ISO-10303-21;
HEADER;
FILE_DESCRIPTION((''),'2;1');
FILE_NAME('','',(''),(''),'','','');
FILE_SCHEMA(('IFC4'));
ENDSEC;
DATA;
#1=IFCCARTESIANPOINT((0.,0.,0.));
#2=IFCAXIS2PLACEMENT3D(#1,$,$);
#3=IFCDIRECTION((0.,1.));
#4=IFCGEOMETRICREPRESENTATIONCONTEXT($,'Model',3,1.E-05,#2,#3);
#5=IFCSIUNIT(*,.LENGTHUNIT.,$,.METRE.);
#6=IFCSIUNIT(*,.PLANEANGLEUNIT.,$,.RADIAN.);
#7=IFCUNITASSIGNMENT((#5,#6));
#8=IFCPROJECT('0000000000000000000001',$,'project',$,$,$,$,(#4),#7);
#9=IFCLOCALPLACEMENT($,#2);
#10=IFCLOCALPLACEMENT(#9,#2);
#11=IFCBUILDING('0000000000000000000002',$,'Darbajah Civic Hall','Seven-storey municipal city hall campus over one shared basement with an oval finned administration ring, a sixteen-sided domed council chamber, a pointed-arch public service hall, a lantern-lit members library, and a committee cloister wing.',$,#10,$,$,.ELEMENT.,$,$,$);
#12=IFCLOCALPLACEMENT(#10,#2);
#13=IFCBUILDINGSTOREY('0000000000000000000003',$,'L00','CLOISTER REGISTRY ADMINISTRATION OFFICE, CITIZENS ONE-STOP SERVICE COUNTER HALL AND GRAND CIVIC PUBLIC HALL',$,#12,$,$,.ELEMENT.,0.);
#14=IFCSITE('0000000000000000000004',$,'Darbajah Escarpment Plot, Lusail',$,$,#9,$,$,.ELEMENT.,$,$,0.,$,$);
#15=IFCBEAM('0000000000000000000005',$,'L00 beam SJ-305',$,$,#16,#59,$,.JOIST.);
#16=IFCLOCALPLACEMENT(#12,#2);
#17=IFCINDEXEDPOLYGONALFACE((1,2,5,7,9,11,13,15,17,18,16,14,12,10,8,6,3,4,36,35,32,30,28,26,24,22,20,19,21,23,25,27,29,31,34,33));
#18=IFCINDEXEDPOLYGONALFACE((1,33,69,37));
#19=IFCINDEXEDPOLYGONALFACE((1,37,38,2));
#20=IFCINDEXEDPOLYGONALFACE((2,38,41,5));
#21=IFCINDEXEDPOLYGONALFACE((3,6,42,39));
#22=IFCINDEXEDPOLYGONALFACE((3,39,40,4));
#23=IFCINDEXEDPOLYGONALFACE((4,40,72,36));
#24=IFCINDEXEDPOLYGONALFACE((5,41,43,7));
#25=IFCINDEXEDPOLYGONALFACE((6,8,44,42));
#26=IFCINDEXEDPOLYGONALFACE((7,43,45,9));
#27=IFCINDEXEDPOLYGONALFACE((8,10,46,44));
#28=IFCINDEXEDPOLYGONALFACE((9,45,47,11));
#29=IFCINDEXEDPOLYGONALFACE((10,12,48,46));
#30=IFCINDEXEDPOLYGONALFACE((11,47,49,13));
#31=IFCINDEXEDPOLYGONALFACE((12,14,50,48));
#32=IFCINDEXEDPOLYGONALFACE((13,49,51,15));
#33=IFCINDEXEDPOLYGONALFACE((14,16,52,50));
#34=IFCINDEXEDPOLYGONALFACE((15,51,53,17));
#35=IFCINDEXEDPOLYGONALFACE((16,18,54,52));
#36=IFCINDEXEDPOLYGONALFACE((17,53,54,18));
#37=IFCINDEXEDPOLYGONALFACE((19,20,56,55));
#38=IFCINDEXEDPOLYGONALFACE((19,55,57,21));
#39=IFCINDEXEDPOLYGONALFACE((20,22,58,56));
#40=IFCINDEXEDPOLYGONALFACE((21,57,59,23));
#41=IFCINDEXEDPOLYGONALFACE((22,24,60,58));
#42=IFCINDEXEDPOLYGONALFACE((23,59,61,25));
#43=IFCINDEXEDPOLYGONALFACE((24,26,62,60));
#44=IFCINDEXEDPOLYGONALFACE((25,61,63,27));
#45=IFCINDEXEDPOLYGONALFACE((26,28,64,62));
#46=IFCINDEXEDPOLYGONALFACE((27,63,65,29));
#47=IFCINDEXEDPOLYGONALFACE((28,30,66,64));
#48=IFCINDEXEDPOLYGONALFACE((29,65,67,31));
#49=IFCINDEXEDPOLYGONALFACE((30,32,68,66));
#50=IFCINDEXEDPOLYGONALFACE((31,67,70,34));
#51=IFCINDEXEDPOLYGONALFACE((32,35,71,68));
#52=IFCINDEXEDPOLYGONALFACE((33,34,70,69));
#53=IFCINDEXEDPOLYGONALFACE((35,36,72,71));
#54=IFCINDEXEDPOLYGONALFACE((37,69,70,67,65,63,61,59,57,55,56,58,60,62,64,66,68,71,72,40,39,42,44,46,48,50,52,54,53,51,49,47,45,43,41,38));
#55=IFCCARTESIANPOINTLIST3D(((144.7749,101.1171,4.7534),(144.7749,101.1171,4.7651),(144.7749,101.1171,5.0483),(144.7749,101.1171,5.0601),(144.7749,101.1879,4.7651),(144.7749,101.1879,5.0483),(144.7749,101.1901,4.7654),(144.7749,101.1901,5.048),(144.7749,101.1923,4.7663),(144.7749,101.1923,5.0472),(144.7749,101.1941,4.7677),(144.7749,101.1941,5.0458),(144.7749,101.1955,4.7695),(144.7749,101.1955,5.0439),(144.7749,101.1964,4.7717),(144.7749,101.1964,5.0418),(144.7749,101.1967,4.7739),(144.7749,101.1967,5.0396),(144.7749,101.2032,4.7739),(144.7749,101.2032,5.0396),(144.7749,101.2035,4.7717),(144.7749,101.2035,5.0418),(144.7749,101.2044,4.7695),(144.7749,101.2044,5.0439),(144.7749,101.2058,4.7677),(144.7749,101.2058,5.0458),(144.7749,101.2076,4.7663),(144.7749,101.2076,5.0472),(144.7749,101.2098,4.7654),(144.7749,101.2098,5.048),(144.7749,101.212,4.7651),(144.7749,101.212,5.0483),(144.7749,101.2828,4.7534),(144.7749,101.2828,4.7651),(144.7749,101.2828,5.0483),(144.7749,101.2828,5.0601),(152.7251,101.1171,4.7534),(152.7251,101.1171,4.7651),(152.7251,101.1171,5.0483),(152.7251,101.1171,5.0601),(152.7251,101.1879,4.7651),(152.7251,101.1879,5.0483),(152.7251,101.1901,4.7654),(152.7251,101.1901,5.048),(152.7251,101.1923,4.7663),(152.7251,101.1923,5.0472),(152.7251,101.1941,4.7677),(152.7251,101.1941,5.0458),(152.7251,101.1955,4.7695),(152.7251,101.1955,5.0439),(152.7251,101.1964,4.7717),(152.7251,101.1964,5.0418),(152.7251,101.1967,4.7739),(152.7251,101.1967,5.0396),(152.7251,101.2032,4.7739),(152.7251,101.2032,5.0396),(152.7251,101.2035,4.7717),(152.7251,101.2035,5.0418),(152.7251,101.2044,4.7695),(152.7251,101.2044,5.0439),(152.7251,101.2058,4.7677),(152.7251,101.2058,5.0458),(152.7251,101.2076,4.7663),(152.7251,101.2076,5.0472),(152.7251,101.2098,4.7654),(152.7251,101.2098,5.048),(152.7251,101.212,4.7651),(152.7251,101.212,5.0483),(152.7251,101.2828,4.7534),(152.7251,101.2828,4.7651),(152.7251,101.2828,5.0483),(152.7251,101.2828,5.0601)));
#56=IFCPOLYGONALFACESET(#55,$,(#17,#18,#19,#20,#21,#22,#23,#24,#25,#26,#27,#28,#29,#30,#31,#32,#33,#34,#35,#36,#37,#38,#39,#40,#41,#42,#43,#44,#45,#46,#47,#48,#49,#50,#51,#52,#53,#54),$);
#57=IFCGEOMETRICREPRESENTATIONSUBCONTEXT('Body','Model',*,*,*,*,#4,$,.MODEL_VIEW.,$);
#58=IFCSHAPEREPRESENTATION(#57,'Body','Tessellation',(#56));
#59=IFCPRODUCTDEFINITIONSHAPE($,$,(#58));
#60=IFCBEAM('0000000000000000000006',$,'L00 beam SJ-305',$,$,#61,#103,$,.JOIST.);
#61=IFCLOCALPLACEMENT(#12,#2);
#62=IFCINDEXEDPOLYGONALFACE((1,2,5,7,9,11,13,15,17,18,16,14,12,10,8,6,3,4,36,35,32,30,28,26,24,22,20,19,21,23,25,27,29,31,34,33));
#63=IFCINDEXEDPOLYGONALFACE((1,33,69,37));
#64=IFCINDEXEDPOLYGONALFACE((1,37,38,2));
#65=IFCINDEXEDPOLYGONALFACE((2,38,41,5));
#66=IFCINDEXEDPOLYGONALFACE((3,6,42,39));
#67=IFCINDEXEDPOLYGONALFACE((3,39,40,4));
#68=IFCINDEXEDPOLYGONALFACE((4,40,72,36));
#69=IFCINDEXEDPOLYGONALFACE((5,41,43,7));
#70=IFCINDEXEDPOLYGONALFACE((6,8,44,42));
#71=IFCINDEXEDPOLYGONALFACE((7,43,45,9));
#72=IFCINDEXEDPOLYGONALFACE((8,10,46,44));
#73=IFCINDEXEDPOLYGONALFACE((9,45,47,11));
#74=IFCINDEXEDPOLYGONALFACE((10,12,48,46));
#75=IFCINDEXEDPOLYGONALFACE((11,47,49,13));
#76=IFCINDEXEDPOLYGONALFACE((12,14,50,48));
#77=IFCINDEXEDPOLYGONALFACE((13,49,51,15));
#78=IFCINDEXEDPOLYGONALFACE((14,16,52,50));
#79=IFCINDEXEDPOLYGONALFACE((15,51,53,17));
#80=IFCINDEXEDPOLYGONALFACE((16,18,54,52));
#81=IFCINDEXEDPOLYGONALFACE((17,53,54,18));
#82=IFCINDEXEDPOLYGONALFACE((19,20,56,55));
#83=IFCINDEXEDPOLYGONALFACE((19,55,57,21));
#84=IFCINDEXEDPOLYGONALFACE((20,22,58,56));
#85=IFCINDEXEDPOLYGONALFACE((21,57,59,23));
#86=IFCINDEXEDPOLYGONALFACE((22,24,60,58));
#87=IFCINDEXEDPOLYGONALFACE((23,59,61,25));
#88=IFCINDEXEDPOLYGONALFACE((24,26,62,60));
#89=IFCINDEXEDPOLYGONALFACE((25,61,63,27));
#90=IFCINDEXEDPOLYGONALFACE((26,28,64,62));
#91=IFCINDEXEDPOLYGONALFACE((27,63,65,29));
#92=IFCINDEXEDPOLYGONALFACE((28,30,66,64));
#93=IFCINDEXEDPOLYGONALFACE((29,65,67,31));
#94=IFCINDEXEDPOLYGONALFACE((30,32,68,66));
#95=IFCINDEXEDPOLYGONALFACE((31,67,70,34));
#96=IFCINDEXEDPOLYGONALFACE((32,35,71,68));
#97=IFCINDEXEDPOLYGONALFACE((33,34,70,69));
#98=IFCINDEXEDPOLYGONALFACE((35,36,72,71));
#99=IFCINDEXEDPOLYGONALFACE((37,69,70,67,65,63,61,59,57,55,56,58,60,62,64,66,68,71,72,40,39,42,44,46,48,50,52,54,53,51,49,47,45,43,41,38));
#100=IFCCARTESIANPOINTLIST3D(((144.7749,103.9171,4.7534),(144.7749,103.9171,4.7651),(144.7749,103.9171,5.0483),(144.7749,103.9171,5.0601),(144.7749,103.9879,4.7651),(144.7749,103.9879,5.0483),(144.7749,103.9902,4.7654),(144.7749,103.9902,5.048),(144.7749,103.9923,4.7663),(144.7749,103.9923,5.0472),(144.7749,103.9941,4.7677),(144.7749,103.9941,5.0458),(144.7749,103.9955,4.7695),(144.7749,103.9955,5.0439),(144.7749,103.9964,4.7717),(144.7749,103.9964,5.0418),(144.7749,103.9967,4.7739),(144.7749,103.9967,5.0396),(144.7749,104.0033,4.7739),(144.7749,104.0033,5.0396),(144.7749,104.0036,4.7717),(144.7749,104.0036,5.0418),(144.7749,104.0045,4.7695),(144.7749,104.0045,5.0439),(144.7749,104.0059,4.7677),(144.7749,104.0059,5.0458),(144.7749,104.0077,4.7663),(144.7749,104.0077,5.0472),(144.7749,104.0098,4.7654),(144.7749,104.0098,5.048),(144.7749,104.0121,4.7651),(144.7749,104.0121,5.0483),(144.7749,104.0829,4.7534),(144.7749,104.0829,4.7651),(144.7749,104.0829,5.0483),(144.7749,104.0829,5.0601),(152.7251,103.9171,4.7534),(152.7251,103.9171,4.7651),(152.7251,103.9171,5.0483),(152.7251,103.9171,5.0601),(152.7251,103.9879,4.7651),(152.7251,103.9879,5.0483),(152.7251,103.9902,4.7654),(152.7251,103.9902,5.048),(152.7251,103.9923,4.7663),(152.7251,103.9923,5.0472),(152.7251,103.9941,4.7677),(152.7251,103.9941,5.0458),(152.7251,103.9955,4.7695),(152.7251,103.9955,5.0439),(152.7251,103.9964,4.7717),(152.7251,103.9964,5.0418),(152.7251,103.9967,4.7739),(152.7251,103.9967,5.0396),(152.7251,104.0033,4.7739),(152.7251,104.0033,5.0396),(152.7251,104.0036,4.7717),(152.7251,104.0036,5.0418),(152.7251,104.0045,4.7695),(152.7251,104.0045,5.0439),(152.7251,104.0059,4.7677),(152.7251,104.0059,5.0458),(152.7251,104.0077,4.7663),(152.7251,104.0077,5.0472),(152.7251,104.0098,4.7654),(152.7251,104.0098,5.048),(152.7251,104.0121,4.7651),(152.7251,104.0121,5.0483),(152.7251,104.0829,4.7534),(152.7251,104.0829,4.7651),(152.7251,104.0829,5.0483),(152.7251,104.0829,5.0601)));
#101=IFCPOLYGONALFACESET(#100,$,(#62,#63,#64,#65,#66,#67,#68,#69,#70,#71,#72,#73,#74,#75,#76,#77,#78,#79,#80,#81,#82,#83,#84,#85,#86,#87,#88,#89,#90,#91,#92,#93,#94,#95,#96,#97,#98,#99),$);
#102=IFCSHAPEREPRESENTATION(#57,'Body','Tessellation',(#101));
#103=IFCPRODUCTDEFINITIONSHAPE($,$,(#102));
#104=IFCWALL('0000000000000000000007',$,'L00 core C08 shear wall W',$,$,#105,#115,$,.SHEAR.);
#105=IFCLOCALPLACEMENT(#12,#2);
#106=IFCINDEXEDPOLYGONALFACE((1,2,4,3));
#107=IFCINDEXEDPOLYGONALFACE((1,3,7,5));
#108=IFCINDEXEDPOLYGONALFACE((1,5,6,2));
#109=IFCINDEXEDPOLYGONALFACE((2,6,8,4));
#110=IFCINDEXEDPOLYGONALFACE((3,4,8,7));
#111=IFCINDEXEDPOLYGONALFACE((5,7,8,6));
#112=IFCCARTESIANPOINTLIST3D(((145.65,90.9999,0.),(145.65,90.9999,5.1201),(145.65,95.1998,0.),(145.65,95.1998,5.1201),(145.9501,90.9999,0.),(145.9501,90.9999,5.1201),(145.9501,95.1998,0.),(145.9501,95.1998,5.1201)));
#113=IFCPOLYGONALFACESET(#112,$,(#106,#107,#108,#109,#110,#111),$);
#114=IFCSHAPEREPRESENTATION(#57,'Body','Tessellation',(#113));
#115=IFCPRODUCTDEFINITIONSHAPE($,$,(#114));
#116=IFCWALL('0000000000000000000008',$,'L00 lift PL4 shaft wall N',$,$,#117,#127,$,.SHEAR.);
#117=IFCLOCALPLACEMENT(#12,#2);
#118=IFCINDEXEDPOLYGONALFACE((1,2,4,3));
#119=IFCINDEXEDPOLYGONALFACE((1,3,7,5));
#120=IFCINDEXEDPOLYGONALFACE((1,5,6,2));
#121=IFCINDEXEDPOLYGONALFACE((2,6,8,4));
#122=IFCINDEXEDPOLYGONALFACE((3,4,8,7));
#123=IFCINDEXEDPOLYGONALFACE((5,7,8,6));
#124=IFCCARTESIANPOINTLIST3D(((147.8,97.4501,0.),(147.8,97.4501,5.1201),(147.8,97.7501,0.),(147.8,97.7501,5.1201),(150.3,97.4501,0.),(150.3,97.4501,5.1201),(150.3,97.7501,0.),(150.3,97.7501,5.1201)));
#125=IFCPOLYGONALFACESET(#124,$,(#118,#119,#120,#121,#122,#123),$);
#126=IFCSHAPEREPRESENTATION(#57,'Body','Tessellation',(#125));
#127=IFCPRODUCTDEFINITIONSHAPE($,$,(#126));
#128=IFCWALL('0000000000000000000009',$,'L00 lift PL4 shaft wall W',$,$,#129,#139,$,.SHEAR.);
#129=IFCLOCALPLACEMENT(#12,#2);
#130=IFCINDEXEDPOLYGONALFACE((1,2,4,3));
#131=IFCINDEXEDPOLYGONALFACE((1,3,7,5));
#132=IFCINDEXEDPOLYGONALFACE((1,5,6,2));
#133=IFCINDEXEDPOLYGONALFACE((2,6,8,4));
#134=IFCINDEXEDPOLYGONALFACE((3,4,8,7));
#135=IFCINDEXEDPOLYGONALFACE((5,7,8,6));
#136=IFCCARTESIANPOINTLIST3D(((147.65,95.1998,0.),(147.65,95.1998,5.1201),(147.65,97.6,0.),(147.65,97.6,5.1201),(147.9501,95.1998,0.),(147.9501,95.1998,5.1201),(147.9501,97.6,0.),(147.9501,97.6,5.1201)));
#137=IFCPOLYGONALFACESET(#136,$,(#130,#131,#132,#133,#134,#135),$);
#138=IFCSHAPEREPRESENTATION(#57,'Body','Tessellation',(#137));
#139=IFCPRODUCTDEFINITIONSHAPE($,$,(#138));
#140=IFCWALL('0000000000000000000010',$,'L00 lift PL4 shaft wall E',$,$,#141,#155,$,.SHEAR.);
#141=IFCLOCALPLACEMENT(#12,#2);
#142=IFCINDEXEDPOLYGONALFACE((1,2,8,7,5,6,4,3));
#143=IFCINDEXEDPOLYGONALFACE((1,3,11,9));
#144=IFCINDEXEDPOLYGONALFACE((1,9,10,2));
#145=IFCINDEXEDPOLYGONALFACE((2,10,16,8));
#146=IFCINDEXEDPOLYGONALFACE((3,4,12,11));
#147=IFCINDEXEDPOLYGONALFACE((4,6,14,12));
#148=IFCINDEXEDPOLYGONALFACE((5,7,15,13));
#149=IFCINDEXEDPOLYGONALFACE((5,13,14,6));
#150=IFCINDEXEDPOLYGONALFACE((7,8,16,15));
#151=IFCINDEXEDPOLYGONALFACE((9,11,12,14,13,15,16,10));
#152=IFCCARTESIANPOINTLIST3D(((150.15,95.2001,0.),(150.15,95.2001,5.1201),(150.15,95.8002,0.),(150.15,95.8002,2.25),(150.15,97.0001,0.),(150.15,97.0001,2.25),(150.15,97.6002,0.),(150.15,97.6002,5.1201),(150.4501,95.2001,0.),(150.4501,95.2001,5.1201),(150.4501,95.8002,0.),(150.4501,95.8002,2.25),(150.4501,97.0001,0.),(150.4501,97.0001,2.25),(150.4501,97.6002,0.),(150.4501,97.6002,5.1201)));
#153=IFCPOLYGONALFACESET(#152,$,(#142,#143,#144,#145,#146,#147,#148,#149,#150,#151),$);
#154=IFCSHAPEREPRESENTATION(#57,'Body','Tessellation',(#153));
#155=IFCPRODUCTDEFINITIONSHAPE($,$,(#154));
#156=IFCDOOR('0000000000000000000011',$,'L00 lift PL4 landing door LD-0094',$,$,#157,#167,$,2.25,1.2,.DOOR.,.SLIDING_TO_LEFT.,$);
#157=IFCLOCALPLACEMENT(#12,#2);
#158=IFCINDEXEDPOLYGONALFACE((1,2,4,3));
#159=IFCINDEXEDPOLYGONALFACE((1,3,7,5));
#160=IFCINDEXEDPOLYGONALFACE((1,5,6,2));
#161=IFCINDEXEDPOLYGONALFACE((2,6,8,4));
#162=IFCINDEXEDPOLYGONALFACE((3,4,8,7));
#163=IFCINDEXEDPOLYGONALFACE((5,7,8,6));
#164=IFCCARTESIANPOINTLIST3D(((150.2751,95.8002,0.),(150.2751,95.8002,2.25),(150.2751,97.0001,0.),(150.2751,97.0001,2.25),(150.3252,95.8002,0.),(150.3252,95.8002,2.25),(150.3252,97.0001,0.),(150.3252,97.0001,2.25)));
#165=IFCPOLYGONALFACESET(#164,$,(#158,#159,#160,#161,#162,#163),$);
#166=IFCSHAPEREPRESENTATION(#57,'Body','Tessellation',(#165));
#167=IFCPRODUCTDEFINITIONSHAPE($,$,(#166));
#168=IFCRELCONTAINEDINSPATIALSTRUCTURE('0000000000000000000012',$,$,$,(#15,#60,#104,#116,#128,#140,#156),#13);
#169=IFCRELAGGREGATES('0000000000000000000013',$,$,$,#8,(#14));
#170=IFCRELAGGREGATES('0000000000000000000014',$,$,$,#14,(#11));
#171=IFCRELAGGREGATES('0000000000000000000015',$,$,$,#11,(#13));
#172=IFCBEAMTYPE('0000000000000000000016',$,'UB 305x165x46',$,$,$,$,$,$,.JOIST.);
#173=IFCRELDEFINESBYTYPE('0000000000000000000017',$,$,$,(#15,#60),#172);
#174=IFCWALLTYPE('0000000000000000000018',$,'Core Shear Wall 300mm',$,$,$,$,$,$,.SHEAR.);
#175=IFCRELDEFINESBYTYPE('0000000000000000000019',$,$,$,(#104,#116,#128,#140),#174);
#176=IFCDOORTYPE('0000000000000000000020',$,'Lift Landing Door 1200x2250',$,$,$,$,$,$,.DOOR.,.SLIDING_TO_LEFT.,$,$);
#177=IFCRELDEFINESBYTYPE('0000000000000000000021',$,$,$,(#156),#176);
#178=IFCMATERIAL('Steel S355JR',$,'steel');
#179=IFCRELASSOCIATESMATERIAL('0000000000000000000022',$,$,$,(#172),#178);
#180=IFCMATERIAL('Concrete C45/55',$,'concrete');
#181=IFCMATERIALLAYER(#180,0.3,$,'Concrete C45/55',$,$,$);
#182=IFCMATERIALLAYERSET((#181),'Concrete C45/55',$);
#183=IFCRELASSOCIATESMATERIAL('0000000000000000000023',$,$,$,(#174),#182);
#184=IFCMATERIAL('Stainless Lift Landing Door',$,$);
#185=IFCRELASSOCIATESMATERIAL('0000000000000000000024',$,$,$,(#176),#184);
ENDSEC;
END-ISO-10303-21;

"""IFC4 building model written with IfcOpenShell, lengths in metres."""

from ifc_helpers import new_model, si_unit, direction, frame, frame_2d, origin, origin_2d, place, context, subcontext, project, spatial, rectangle, i_section, extrude, material, layer, layer_set, material_profile, profile_set, type_object, element, fill, save


model = new_model("IFC4")

# Units and contexts
model_context = context("Model", 3, precision=1e-05, world=origin(), true_north=direction((0.0, 1.0)))
body_context = subcontext(model_context, "Body", "Model", "MODEL_VIEW")
ifc_project = project(units=[si_unit("LENGTHUNIT", "METRE"), si_unit("PLANEANGLEUNIT", "RADIAN")], contexts=[model_context])

# Site, building, storey
site_placement = place(None, origin())
site = spatial("IfcSite", under=ifc_project, at=site_placement, Name="Darbajah Escarpment Plot, Lusail", CompositionType="ELEMENT", RefElevation=0.0)
building_placement = place(site_placement, origin())
building = spatial("IfcBuilding", under=site, at=building_placement, Name="Darbajah Civic Hall", Description="Seven-storey municipal city hall campus over one shared basement with an oval finned administration ring, a sixteen-sided domed council chamber, a pointed-arch public service hall, a lantern-lit members library, and a committee cloister wing.", CompositionType="ELEMENT")
storey_placement = place(building_placement, origin())
storey = spatial("IfcBuildingStorey", under=building, at=storey_placement, Name="L00", Description="CLOISTER REGISTRY ADMINISTRATION OFFICE, CITIZENS ONE-STOP SERVICE COUNTER HALL AND GRAND CIVIC PUBLIC HALL", CompositionType="ELEMENT", Elevation=0.0)

# Beams
ifc_material_1 = material(Name="Concrete C45/55", Category="concrete")
ifc_material_2 = material(Name="Steel S355JR", Category="steel")
ifc_material_profile_1 = material_profile(ifc_material_2, i_section(OverallWidth=0.1658, OverallDepth=0.3066, WebThickness=0.0066, FlangeThickness=0.0117, FilletRadius=0.0088, at=origin_2d()), Name="UB 305x165x46")
ifc_profile_set_1 = profile_set([ifc_material_profile_1], Name="Steel S355JR")
beam_type_1 = type_object("IfcBeamType", Name="UB 305x165x46", PredefinedType="JOIST", material=ifc_profile_set_1)
for number, where, z_axis, x_axis, name in (
    (1, (144.7749, 101.2, 4.9067), (1.0, 0.0, 0.0), (0.0, 1.0, 0.0), "L00 beam SJ-305"),
    (2, (144.7749, 104.0, 4.9067), (1.0, 0.0, 0.0), (0.0, 1.0, 0.0), "L00 beam SJ-305"),
):
    element("IfcBeam", number, at=place(storey_placement, frame(where, z_axis=z_axis, x_axis=x_axis)), inside=storey, type_object=beam_type_1, Name=name, PredefinedType="JOIST", context=body_context, shape_type="SweptSolid", body=[
        extrude(i_section(OverallWidth=0.1658, OverallDepth=0.3066, WebThickness=0.0066, FlangeThickness=0.0117, FilletRadius=0.0088, at=origin_2d()), origin(), (0.0, 0.0, 1.0), 7.9502),
    ])

# Walls
ifc_layer_1 = layer(ifc_material_1, 0.3, Name="Concrete C45/55")
ifc_layer_set_1 = layer_set([ifc_layer_1], Name="Concrete C45/55")
wall_type_1 = type_object("IfcWallType", Name="Core Shear Wall 300mm", PredefinedType="SHEAR", material=ifc_layer_set_1)
wall_1_placement = place(storey_placement, frame((145.8, 95.2, 0.0), z_axis=(0.0, 0.0, 1.0), x_axis=(0.0, -1.0, 0.0)))
element("IfcWall", 3, at=wall_1_placement, inside=storey, type_object=wall_type_1, Name="L00 core C08 shear wall W", PredefinedType="SHEAR", context=body_context, shape_type="SweptSolid", body=[
    extrude(rectangle(XDim=4.2, YDim=0.3, at=frame_2d((2.1001, 0.0))), origin(), (0.0, 0.0, 1.0), 5.1201),
])
wall_2_placement = place(storey_placement, frame((150.3, 97.6001, 0.0), z_axis=(0.0, 0.0, 1.0), x_axis=(-1.0, 0.0, 0.0)))
element("IfcWall", 4, at=wall_2_placement, inside=storey, type_object=wall_type_1, Name="L00 lift PL4 shaft wall N", PredefinedType="SHEAR", context=body_context, shape_type="SweptSolid", body=[
    extrude(rectangle(XDim=2.5, YDim=0.3, at=frame_2d((1.25, 0.0))), origin(), (0.0, 0.0, 1.0), 5.1201),
])
wall_3_placement = place(storey_placement, frame((147.8, 97.6001, 0.0), z_axis=(0.0, 0.0, 1.0), x_axis=(0.0, -1.0, 0.0)))
element("IfcWall", 5, at=wall_3_placement, inside=storey, type_object=wall_type_1, Name="L00 lift PL4 shaft wall W", PredefinedType="SHEAR", context=body_context, shape_type="SweptSolid", body=[
    extrude(rectangle(XDim=2.4001, YDim=0.3, at=frame_2d((1.2002, 0.0))), origin(), (0.0, 0.0, 1.0), 5.1201),
])

# Wall, opening, door
wall_4_placement = place(storey_placement, frame((150.3, 95.2, 0.0), z_axis=(0.0, 0.0, 1.0), x_axis=(0.0, 1.0, 0.0)))
wall_4 = element("IfcWall", 6, at=wall_4_placement, inside=storey, type_object=wall_type_1, Name="L00 lift PL4 shaft wall E", PredefinedType="SHEAR", context=body_context, shape_type="SweptSolid", body=[
    extrude(rectangle(XDim=2.4001, YDim=0.3, at=frame_2d((1.2002, 0.0))), origin(), (0.0, 0.0, 1.0), 5.1201),
])
opening_1_placement = place(wall_4_placement, frame((0.6001, 0.0, 0.0)))
opening_1 = element("IfcOpeningElement", 7, at=opening_1_placement, cuts=wall_4, PredefinedType="OPENING", context=body_context, shape_type="SweptSolid", body=[
    extrude(rectangle(XDim=1.2, YDim=2.25, at=frame_2d((0.6001, 1.125))), frame((0.0, 0.1599, 0.0), z_axis=(0.0, -1.0, 0.0), x_axis=(1.0, 0.0, 0.0)), (0.0, 0.0, 1.0), 0.3201),
])
ifc_material_3 = material(Name="Stainless Lift Landing Door")
door_type = type_object("IfcDoorType", Name="Lift Landing Door 1200x2250", OperationType="SLIDING_TO_LEFT", PredefinedType="DOOR", material=ifc_material_3)
door_placement = place(opening_1_placement, origin())
door = element("IfcDoor", 8, at=door_placement, inside=storey, type_object=door_type, Name="L00 lift PL4 landing door LD-0094", OperationType="SLIDING_TO_LEFT", OverallHeight=2.25, OverallWidth=1.2, PredefinedType="DOOR", context=body_context, shape_type="SweptSolid", body=[
    extrude(rectangle(XDim=1.2, YDim=2.25, at=frame_2d((0.6001, 1.125))), frame((0.0, 0.0249, 0.0), z_axis=(0.0, -1.0, 0.0), x_axis=(1.0, 0.0, 0.0)), (0.0, 0.0, 1.0), 0.05),
])
fill(opening_1, door)

save(model, "model.ifc")
